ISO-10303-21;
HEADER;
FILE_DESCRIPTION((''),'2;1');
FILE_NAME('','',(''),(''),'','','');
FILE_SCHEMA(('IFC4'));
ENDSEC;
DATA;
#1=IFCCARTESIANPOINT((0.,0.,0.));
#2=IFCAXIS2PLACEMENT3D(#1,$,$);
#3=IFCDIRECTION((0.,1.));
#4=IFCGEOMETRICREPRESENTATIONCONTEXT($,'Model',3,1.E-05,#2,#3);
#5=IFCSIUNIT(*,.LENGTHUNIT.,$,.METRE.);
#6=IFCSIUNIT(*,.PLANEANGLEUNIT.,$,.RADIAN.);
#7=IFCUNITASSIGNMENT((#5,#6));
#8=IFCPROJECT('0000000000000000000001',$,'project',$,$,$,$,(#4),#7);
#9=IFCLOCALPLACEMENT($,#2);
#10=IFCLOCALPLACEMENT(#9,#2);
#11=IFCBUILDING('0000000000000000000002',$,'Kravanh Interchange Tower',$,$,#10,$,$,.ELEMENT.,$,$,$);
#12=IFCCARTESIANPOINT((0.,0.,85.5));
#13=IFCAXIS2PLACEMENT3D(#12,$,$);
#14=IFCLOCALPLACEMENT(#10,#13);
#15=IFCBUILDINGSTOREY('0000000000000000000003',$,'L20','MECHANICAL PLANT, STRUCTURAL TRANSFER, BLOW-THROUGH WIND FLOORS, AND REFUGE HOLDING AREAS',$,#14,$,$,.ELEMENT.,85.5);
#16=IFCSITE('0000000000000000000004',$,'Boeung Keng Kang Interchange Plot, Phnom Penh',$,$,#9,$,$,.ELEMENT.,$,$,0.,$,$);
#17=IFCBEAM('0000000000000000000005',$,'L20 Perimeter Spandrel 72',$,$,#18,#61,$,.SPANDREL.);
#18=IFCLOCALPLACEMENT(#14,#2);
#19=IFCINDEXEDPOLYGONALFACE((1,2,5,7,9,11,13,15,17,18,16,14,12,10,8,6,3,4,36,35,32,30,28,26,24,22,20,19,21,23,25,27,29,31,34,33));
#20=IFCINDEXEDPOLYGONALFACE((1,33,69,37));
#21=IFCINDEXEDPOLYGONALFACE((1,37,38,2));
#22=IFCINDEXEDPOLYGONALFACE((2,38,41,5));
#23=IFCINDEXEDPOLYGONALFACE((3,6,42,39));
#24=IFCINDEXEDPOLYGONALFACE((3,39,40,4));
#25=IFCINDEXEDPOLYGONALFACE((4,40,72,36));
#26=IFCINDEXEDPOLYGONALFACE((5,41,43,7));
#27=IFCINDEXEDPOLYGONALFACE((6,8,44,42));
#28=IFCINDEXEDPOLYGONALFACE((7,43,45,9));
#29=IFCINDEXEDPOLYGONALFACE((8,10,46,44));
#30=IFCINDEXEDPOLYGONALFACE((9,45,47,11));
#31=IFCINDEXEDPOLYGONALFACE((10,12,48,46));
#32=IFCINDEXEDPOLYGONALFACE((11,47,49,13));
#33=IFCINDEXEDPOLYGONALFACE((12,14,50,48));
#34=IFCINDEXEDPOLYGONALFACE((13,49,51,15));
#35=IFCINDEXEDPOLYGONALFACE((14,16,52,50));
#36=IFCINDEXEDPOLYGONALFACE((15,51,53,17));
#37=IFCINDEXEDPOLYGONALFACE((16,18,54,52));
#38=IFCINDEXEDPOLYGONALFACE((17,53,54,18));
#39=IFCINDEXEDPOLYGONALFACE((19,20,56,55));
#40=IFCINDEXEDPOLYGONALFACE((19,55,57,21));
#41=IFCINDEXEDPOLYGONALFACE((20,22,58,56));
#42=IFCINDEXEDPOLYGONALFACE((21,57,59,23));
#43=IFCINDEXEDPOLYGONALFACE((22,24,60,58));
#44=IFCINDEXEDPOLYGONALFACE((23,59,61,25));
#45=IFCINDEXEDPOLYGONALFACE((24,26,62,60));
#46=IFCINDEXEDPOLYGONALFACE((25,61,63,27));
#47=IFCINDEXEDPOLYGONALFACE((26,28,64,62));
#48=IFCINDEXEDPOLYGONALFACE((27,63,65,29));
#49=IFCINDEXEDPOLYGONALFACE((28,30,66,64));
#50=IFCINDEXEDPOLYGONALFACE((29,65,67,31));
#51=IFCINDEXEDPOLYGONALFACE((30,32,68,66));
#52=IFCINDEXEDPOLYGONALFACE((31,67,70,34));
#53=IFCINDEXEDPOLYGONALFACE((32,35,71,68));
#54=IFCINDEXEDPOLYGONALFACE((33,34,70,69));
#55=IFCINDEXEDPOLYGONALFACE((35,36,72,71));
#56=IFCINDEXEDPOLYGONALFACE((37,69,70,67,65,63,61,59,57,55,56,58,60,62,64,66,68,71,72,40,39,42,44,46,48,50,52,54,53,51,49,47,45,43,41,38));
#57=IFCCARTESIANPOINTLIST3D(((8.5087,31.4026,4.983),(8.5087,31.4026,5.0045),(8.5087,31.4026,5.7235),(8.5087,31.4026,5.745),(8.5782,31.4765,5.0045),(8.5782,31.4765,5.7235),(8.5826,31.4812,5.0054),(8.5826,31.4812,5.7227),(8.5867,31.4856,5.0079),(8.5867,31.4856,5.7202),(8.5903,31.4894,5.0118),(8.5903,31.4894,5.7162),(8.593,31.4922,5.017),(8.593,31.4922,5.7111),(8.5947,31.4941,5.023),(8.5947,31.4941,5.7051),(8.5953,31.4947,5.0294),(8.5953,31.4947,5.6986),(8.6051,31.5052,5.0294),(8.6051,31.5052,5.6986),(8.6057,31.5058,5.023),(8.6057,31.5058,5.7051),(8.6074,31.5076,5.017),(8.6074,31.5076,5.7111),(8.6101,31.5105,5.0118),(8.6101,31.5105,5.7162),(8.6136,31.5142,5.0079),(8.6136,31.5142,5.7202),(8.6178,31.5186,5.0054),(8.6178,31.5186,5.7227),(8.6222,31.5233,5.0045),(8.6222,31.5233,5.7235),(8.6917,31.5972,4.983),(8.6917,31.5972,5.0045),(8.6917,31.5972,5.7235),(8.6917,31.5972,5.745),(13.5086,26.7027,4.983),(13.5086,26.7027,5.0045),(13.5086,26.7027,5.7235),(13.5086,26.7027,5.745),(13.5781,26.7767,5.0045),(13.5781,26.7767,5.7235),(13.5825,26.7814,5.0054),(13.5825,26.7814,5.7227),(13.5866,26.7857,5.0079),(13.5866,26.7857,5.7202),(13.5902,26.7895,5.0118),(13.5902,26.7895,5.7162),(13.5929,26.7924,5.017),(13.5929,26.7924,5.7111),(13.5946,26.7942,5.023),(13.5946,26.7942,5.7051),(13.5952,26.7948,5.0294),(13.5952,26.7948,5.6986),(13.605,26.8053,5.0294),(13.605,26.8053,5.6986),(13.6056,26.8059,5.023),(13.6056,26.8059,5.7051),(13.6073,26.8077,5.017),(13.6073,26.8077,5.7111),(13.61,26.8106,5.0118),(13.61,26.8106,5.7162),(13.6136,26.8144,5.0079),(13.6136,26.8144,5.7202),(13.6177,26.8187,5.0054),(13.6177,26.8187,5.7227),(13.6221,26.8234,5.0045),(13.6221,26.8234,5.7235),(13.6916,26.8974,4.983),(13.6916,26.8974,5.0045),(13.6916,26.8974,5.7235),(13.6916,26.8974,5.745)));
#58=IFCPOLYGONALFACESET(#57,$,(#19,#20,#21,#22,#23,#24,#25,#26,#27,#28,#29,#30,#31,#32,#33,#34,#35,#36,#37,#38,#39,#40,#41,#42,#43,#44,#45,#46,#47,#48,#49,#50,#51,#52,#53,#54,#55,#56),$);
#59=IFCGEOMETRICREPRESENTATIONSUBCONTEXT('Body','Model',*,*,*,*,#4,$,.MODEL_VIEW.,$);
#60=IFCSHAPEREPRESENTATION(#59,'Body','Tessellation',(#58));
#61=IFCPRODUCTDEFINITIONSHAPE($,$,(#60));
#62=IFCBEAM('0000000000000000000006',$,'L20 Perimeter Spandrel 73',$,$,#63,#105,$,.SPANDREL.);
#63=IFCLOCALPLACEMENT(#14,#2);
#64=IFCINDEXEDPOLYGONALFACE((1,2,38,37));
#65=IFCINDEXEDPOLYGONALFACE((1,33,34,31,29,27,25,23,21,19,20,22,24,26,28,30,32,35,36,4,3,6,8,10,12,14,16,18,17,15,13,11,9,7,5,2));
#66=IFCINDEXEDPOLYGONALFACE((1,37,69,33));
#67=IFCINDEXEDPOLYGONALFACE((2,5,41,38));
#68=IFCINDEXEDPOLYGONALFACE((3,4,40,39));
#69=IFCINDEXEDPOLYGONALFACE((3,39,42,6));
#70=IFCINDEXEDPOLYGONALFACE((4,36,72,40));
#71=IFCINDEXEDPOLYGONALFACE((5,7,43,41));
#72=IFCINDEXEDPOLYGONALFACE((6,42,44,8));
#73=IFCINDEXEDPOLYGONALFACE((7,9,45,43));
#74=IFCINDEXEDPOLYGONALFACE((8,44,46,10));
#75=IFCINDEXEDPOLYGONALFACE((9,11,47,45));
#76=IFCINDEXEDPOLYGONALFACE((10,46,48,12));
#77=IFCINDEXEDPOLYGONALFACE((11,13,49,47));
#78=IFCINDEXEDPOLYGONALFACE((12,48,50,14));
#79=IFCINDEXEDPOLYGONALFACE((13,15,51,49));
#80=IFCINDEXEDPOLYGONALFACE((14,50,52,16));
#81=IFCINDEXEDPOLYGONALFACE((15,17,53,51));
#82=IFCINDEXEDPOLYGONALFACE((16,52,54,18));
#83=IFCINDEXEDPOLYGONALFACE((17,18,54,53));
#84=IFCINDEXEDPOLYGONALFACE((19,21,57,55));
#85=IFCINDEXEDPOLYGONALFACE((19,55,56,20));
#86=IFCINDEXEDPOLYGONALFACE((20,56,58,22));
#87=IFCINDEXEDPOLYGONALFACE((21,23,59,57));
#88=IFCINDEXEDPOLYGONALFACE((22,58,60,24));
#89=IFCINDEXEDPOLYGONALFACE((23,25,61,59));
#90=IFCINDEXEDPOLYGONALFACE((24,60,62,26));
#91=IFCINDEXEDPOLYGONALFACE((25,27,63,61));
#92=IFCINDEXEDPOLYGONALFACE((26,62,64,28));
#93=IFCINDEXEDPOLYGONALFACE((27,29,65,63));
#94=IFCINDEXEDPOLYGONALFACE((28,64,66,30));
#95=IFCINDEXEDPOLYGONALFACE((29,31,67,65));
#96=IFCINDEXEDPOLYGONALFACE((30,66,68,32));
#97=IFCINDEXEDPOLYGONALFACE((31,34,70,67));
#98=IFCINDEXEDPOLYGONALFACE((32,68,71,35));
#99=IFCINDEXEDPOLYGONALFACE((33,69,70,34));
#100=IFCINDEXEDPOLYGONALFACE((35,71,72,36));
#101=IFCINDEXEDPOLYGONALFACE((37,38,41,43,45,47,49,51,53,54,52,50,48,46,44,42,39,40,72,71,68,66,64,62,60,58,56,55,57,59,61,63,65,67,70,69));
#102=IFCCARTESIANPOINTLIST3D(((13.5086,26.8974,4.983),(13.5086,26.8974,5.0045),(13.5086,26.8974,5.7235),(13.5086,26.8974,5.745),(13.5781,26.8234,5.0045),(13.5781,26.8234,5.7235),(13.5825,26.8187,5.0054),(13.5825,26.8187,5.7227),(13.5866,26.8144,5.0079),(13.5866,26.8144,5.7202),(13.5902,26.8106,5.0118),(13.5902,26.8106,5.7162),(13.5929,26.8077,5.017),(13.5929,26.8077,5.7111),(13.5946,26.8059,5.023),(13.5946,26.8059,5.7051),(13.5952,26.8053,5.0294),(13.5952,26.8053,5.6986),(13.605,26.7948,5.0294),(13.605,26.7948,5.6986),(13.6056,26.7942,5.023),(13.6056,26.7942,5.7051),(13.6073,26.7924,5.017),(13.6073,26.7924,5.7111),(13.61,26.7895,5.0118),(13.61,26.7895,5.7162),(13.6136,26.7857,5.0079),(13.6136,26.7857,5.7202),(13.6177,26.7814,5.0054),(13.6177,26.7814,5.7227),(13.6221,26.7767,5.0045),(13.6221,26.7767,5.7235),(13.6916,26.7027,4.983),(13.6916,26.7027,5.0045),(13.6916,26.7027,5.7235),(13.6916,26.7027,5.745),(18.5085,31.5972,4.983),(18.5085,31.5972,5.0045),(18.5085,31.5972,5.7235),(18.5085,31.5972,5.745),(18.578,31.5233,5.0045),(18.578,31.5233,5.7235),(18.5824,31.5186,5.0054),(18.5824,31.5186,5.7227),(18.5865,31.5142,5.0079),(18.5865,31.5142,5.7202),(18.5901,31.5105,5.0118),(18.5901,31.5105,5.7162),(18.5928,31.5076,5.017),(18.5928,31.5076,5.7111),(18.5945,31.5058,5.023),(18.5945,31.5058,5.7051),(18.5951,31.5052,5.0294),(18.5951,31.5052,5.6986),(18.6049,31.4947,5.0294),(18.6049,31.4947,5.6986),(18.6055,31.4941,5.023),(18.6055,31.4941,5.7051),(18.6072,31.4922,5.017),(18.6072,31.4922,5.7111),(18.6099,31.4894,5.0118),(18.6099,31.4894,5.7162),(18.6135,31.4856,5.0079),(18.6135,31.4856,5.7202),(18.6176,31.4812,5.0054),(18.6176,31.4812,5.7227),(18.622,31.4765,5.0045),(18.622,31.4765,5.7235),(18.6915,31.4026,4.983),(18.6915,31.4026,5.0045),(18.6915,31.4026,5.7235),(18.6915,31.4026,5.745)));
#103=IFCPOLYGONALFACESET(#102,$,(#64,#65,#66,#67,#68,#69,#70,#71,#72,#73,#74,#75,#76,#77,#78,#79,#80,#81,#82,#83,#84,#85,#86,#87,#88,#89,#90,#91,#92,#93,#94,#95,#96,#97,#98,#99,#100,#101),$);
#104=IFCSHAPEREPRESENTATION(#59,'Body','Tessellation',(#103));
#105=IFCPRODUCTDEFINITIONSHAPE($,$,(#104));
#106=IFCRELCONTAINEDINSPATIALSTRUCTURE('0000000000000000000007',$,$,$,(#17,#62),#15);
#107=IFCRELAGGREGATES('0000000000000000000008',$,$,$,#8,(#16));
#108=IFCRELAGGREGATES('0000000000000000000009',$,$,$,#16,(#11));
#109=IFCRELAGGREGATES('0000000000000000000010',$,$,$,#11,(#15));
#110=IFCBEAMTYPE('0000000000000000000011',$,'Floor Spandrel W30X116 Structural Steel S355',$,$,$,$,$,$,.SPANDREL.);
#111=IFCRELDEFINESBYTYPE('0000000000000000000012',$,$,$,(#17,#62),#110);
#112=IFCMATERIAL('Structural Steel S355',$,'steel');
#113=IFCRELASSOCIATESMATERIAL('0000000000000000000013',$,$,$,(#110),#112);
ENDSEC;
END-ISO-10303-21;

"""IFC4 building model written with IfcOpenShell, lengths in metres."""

from ifc_helpers import new_model, si_unit, direction, frame, origin, origin_2d, place, context, subcontext, project, spatial, i_section, extrude, material, material_profile, profile_set, type_object, element, save


model = new_model("IFC4")

# Units and contexts
model_context = context("Model", 3, precision=1e-05, world=origin(), true_north=direction((0.0, 1.0)))
body_context = subcontext(model_context, "Body", "Model", "MODEL_VIEW")
ifc_project = project(units=[si_unit("LENGTHUNIT", "METRE"), si_unit("PLANEANGLEUNIT", "RADIAN")], contexts=[model_context])

# Site, building, storey
site_placement = place(None, origin())
site = spatial("IfcSite", under=ifc_project, at=site_placement, Name="Boeung Keng Kang Interchange Plot, Phnom Penh", CompositionType="ELEMENT", RefElevation=0.0)
building_placement = place(site_placement, origin())
building = spatial("IfcBuilding", under=site, at=building_placement, Name="Kravanh Interchange Tower", CompositionType="ELEMENT")
storey_placement = place(building_placement, frame((0.0, 0.0, 85.5)))
storey = spatial("IfcBuildingStorey", under=building, at=storey_placement, Name="L20", Description="MECHANICAL PLANT, STRUCTURAL TRANSFER, BLOW-THROUGH WIND FLOORS, AND REFUGE HOLDING AREAS", CompositionType="ELEMENT", Elevation=85.5)

# Beams
ifc_material_1 = material(Name="Structural Steel S355", Category="steel")
ifc_material_profile_1 = material_profile(ifc_material_1, i_section(OverallWidth=0.2671, OverallDepth=0.762, WebThickness=0.0144, FlangeThickness=0.0215, FilletRadius=0.0249, at=origin_2d()), Name="W30X116")
ifc_profile_set_1 = profile_set([ifc_material_profile_1], Name="Structural Steel S355")
beam_type_1 = type_object("IfcBeamType", Name="Floor Spandrel W30X116 Structural Steel S355", PredefinedType="SPANDREL", material=ifc_profile_set_1)
for number, where, z_axis, x_axis, name in (
    (1, (13.6001, 26.8, 5.364), (-0.728631, 0.684906, 0.0), (-0.684906, -0.728631, 0.0), "L20 Perimeter Spandrel 72"),
    (2, (13.6001, 26.8, 5.364), (0.728631, 0.684906, 0.0), (-0.684906, 0.728631, 0.0), "L20 Perimeter Spandrel 73"),
):
    element("IfcBeam", number, at=place(storey_placement, frame(where, z_axis=z_axis, x_axis=x_axis)), inside=storey, type_object=beam_type_1, Name=name, PredefinedType="SPANDREL", context=body_context, shape_type="SweptSolid", body=[
        extrude(i_section(OverallWidth=0.2671, OverallDepth=0.762, WebThickness=0.0144, FlangeThickness=0.0215, FilletRadius=0.0249, at=origin_2d()), origin(), (0.0, 0.0, 1.0), 6.8621),
    ])

save(model, "model.ifc")
